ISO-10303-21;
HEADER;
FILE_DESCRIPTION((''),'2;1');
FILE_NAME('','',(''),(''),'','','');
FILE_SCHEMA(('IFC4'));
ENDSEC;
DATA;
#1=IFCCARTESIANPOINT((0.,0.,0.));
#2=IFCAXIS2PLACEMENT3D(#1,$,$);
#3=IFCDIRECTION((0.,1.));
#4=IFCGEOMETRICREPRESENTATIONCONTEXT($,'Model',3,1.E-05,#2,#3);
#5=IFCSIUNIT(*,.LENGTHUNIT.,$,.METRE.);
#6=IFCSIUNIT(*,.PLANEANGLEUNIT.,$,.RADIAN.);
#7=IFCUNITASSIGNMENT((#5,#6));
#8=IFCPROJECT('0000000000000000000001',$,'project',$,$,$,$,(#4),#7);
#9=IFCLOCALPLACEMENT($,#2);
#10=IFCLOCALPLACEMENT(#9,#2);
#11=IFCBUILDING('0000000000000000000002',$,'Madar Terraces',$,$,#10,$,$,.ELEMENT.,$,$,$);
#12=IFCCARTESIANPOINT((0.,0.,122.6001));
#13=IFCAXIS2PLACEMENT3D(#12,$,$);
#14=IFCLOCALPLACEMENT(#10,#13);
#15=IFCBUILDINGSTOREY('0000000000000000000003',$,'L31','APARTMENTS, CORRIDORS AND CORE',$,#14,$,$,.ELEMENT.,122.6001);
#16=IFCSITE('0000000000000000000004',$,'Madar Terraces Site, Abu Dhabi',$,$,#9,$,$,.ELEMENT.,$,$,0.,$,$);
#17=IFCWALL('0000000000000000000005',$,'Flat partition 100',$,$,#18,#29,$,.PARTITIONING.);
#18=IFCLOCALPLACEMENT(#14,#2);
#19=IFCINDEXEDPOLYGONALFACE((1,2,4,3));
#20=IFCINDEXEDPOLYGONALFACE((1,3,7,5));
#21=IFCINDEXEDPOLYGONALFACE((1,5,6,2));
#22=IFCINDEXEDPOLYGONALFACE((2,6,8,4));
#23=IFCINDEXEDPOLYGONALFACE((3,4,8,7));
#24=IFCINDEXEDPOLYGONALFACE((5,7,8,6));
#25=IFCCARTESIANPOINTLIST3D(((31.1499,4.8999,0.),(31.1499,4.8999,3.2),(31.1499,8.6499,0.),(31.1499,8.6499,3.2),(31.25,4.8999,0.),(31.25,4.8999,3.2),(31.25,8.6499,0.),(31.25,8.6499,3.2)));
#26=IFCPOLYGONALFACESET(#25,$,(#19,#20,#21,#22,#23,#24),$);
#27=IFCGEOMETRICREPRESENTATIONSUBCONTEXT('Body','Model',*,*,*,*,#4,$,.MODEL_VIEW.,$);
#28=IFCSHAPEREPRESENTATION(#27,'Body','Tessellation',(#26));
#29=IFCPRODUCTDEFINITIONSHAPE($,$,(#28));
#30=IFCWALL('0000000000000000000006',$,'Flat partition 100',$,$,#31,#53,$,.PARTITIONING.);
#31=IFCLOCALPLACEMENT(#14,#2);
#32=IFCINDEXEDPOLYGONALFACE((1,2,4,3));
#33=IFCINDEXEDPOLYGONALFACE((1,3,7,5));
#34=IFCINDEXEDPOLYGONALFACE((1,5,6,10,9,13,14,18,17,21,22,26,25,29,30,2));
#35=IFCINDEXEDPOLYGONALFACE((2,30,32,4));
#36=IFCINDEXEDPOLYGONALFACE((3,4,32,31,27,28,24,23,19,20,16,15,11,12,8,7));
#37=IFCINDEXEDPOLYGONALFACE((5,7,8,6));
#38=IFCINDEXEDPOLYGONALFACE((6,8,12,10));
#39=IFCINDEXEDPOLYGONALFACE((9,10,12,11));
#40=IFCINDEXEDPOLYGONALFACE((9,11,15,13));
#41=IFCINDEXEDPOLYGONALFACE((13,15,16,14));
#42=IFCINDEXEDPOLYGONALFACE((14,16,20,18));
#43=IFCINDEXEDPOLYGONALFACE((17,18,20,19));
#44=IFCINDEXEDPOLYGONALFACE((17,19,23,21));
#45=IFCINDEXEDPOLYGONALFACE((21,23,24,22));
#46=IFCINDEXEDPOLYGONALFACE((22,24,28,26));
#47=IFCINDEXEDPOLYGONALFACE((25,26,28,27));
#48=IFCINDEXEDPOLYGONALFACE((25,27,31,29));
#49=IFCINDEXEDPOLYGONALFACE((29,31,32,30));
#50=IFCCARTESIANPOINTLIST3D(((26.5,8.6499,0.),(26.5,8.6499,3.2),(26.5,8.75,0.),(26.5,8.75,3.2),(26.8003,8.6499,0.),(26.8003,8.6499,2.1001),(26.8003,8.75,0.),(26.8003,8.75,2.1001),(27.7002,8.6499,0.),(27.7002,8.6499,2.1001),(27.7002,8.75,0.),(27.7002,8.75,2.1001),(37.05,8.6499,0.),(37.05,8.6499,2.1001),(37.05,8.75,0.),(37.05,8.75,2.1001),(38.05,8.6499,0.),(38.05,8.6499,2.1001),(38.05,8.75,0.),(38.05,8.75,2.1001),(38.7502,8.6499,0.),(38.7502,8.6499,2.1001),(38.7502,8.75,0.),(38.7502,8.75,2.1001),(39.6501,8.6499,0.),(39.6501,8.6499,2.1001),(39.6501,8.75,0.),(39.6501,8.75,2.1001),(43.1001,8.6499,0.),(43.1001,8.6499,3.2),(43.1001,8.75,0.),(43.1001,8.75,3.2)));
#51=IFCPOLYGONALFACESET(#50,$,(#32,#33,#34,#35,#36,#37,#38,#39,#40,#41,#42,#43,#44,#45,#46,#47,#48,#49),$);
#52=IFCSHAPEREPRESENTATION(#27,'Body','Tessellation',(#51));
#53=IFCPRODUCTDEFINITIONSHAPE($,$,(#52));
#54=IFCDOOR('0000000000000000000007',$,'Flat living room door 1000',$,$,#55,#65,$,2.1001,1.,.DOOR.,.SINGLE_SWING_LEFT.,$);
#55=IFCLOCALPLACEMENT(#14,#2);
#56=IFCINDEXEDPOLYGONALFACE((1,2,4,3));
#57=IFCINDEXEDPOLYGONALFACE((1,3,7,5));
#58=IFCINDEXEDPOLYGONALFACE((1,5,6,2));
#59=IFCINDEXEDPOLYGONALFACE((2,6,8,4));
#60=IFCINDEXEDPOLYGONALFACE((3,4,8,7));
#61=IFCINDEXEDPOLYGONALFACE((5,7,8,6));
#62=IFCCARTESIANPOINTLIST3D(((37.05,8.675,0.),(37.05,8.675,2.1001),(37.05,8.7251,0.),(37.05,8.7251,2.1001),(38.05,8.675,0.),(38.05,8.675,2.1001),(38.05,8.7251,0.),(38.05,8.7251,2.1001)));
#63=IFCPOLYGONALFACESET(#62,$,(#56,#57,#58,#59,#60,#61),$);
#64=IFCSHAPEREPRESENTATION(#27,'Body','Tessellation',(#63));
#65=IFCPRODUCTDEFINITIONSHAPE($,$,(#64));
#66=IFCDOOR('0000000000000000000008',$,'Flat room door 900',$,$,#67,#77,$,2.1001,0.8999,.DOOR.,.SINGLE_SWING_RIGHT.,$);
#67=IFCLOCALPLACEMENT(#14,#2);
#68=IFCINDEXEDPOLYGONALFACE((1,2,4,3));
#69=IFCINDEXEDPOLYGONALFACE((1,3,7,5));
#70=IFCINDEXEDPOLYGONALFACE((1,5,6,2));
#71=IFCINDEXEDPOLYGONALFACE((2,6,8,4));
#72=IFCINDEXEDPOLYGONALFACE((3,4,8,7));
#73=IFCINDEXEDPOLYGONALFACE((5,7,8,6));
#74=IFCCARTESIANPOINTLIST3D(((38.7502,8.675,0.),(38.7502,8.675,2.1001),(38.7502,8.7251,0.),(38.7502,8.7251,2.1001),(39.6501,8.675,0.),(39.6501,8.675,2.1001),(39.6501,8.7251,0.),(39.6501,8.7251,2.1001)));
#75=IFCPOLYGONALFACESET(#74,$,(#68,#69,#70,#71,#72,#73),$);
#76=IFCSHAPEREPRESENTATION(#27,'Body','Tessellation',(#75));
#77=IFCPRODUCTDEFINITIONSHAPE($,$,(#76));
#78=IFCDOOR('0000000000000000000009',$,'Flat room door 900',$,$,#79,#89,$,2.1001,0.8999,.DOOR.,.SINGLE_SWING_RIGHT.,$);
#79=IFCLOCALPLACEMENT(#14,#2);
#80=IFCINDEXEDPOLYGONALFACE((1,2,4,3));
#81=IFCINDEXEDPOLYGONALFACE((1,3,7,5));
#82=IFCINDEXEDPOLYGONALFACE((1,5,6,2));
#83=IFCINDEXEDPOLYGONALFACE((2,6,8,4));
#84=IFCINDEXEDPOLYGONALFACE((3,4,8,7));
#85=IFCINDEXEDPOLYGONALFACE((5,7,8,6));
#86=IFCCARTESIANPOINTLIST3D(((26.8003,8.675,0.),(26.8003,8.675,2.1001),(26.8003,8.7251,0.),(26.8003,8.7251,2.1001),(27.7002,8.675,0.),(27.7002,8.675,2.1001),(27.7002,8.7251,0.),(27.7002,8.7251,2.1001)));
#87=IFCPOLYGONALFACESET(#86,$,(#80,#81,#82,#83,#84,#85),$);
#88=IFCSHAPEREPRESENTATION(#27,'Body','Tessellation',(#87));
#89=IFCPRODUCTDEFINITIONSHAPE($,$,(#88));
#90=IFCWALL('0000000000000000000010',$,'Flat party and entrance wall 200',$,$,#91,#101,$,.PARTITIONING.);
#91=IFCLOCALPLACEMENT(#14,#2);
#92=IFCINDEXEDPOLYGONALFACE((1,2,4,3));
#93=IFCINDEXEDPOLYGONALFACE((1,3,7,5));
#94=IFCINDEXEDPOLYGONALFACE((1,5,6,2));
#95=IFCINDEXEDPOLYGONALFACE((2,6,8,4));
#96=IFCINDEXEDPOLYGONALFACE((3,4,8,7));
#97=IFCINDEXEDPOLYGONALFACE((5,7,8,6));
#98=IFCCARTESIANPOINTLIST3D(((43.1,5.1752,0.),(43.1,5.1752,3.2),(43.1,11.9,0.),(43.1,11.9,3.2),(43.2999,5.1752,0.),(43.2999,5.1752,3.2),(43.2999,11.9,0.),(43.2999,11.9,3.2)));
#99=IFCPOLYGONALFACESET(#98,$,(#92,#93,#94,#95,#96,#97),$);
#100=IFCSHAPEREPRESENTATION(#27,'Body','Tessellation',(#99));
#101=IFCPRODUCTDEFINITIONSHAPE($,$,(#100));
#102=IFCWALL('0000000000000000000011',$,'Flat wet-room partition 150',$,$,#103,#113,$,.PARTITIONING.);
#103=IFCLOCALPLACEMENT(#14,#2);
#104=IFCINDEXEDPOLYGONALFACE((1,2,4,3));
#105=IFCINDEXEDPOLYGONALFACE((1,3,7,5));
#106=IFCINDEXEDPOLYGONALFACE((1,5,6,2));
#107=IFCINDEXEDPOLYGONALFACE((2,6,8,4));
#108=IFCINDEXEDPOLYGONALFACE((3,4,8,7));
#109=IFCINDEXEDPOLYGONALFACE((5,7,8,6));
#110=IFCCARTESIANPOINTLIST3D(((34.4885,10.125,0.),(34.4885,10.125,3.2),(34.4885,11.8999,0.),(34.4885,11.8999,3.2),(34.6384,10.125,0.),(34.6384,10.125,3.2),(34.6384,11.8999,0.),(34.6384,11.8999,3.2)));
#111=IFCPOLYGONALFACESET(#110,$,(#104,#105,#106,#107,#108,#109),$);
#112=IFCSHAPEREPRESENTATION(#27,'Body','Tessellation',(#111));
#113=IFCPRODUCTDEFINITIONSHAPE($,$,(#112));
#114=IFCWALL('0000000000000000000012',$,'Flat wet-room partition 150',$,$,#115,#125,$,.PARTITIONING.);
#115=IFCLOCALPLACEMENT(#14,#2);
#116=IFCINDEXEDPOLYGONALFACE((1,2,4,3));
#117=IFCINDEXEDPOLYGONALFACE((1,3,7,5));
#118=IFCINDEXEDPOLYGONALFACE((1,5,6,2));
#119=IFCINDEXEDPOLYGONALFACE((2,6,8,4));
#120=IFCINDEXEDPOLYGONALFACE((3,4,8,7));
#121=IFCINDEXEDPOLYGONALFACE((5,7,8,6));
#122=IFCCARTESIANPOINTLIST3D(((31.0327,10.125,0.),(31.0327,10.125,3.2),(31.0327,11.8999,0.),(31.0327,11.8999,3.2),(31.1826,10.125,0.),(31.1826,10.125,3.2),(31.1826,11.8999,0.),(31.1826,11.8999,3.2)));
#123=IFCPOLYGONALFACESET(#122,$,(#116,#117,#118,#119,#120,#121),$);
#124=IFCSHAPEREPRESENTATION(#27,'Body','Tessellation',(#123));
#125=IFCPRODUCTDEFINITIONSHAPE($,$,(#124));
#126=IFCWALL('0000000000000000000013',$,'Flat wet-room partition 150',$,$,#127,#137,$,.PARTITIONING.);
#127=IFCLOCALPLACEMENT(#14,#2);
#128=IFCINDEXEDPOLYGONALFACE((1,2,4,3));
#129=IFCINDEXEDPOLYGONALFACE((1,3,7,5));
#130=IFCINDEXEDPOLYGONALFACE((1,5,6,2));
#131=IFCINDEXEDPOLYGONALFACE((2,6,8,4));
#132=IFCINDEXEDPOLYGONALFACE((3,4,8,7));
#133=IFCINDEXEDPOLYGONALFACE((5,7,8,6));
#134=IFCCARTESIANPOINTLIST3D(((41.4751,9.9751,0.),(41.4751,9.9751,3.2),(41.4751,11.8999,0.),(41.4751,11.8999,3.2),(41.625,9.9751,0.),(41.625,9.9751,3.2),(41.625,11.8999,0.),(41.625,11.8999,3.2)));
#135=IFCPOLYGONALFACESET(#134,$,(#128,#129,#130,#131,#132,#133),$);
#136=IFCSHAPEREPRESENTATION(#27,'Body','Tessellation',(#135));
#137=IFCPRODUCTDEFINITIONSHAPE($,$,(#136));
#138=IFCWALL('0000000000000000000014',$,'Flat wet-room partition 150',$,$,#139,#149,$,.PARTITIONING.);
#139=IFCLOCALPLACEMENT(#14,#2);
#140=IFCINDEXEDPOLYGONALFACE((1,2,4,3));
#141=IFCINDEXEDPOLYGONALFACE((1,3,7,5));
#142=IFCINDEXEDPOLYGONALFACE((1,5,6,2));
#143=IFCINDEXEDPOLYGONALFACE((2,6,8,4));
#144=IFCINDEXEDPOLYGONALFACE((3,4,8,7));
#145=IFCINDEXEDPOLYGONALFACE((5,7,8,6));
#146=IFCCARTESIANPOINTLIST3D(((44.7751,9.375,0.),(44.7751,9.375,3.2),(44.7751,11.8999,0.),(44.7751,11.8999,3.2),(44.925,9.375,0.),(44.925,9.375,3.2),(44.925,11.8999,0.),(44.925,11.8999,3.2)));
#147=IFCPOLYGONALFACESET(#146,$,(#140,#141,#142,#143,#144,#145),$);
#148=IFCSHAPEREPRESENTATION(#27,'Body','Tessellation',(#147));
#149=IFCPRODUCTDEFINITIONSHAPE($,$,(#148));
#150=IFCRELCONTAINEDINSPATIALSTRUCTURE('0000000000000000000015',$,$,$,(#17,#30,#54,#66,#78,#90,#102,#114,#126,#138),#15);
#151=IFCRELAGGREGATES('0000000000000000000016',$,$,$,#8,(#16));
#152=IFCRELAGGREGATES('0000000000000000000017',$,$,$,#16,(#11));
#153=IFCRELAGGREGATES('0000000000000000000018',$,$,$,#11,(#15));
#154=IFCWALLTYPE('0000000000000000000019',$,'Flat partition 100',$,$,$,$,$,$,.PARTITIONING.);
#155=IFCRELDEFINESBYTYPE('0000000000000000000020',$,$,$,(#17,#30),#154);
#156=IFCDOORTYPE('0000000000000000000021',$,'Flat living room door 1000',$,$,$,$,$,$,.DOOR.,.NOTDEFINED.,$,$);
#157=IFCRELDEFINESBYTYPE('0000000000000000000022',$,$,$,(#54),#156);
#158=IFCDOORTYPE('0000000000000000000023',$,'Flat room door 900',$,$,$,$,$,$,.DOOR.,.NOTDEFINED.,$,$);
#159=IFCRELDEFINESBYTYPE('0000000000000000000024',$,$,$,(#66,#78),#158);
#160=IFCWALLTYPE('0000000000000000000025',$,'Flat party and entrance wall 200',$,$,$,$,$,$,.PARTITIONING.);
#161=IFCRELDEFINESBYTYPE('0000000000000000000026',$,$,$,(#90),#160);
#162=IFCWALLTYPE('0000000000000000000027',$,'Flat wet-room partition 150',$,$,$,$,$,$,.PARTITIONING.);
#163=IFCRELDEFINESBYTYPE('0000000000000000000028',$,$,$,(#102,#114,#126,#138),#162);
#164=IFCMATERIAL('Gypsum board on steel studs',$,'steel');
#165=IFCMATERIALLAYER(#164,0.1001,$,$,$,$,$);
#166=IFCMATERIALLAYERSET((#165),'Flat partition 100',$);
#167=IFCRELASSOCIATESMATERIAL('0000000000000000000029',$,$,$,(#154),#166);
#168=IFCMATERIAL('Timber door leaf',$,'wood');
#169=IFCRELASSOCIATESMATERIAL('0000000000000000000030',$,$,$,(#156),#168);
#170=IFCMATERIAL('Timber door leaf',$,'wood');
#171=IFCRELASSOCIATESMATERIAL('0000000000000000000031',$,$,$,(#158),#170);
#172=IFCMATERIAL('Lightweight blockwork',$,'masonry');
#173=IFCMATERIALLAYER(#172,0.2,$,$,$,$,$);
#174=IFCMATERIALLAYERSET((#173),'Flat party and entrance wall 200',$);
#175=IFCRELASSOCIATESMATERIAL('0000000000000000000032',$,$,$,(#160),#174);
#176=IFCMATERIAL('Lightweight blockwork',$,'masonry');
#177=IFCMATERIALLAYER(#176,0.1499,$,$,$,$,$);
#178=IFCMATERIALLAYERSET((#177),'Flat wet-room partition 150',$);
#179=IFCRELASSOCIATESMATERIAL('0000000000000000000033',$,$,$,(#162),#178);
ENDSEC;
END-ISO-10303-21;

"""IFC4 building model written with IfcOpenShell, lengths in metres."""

from ifc_helpers import new_model, si_unit, direction, frame, frame_2d, origin, place, context, subcontext, project, spatial, rectangle, extrude, material, layer, layer_set, type_object, element, fill, save


model = new_model("IFC4")

# Units and contexts
model_context = context("Model", 3, precision=1e-05, world=origin(), true_north=direction((0.0, 1.0)))
body_context = subcontext(model_context, "Body", "Model", "MODEL_VIEW")
ifc_project = project(units=[si_unit("LENGTHUNIT", "METRE"), si_unit("PLANEANGLEUNIT", "RADIAN")], contexts=[model_context])

# Site, building, storey
site_placement = place(None, origin())
site = spatial("IfcSite", under=ifc_project, at=site_placement, Name="Madar Terraces Site, Abu Dhabi", CompositionType="ELEMENT", RefElevation=0.0)
building_placement = place(site_placement, origin())
building = spatial("IfcBuilding", under=site, at=building_placement, Name="Madar Terraces", CompositionType="ELEMENT")
storey_placement = place(building_placement, frame((0.0, 0.0, 122.6001)))
storey = spatial("IfcBuildingStorey", under=building, at=storey_placement, Name="L31", Description="APARTMENTS, CORRIDORS AND CORE", CompositionType="ELEMENT", Elevation=122.6001)

# Wall
ifc_material_1 = material(Name="Gypsum board on steel studs", Category="steel")
ifc_layer_1 = layer(ifc_material_1, 0.1001)
ifc_layer_set_1 = layer_set([ifc_layer_1], Name="Flat partition 100")
wall_type_1 = type_object("IfcWallType", Name="Flat partition 100", PredefinedType="PARTITIONING", material=ifc_layer_set_1)
for number, where, z_axis, x_axis, name in (
    (1, (31.2, 8.6499, 0.0), (0.0, 0.0, 1.0), (0.0, -1.0, 0.0), "Flat partition 100"),
):
    element("IfcWall", number, at=place(storey_placement, frame(where, z_axis=z_axis, x_axis=x_axis)), inside=storey, type_object=wall_type_1, Name=name, PredefinedType="PARTITIONING", context=body_context, shape_type="SweptSolid", body=[
        extrude(rectangle(XDim=3.75, YDim=0.1001, at=frame_2d((1.875, 0.0))), origin(), (0.0, 0.0, 1.0), 3.2),
    ])

# Wall, openings, doors
wall_1_placement = place(storey_placement, frame((43.1001, 8.7, 0.0), z_axis=(0.0, 0.0, 1.0), x_axis=(-1.0, 0.0, 0.0)))
wall_1 = element("IfcWall", 2, at=wall_1_placement, inside=storey, type_object=wall_type_1, Name="Flat partition 100", PredefinedType="PARTITIONING", context=body_context, shape_type="SweptSolid", body=[
    extrude(rectangle(XDim=16.6001, YDim=0.1001, at=frame_2d((8.3, 0.0))), origin(), (0.0, 0.0, 1.0), 3.2),
])
opening_1_placement = place(wall_1_placement, frame((3.45, 0.0, 0.0)))
opening_1 = element("IfcOpeningElement", 3, at=opening_1_placement, cuts=wall_1, PredefinedType="OPENING", context=body_context, shape_type="SweptSolid", body=[
    extrude(rectangle(XDim=0.8999, YDim=2.1001, at=frame_2d((0.45, 1.05))), frame((0.0, 0.0601, 0.0), z_axis=(0.0, -1.0, 0.0), x_axis=(1.0, 0.0, 0.0)), (0.0, 0.0, 1.0), 0.1201),
])
opening_2_placement = place(wall_1_placement, frame((5.05, 0.0, 0.0)))
opening_2 = element("IfcOpeningElement", 4, at=opening_2_placement, cuts=wall_1, PredefinedType="OPENING", context=body_context, shape_type="SweptSolid", body=[
    extrude(rectangle(XDim=1.0, YDim=2.1001, at=frame_2d((0.5, 1.05))), frame((0.0, 0.0601, 0.0), z_axis=(0.0, -1.0, 0.0), x_axis=(1.0, 0.0, 0.0)), (0.0, 0.0, 1.0), 0.1201),
])
opening_3_placement = place(wall_1_placement, frame((15.3999, 0.0, 0.0)))
opening_3 = element("IfcOpeningElement", 5, at=opening_3_placement, cuts=wall_1, PredefinedType="OPENING", context=body_context, shape_type="SweptSolid", body=[
    extrude(rectangle(XDim=0.8999, YDim=2.1001, at=frame_2d((0.45, 1.05))), frame((0.0, 0.0601, 0.0), z_axis=(0.0, -1.0, 0.0), x_axis=(1.0, 0.0, 0.0)), (0.0, 0.0, 1.0), 0.1201),
])
ifc_material_2 = material(Name="Timber door leaf", Category="wood")
door_type_1 = type_object("IfcDoorType", Name="Flat living room door 1000", OperationType="NOTDEFINED", PredefinedType="DOOR", material=ifc_material_2)
door_1_placement = place(opening_2_placement, origin())
door_1 = element("IfcDoor", 6, at=door_1_placement, inside=storey, type_object=door_type_1, Name="Flat living room door 1000", OperationType="SINGLE_SWING_LEFT", OverallHeight=2.1001, OverallWidth=1.0, PredefinedType="DOOR", context=body_context, shape_type="SweptSolid", body=[
    extrude(rectangle(XDim=1.0, YDim=2.1001, at=frame_2d((0.5, 1.05))), frame((0.0, 0.0249, 0.0), z_axis=(0.0, -1.0, 0.0), x_axis=(1.0, 0.0, 0.0)), (0.0, 0.0, 1.0), 0.05),
])
fill(opening_2, door_1)
ifc_material_3 = material(Name="Timber door leaf", Category="wood")
door_type_2 = type_object("IfcDoorType", Name="Flat room door 900", OperationType="NOTDEFINED", PredefinedType="DOOR", material=ifc_material_3)
door_2_placement = place(opening_1_placement, origin())
door_2 = element("IfcDoor", 7, at=door_2_placement, inside=storey, type_object=door_type_2, Name="Flat room door 900", OperationType="SINGLE_SWING_RIGHT", OverallHeight=2.1001, OverallWidth=0.8999, PredefinedType="DOOR", context=body_context, shape_type="SweptSolid", body=[
    extrude(rectangle(XDim=0.8999, YDim=2.1001, at=frame_2d((0.45, 1.05))), frame((0.0, 0.0249, 0.0), z_axis=(0.0, -1.0, 0.0), x_axis=(1.0, 0.0, 0.0)), (0.0, 0.0, 1.0), 0.05),
])
fill(opening_1, door_2)
door_3_placement = place(opening_3_placement, origin())
door_3 = element("IfcDoor", 8, at=door_3_placement, inside=storey, type_object=door_type_2, Name="Flat room door 900", OperationType="SINGLE_SWING_RIGHT", OverallHeight=2.1001, OverallWidth=0.8999, PredefinedType="DOOR", context=body_context, shape_type="SweptSolid", body=[
    extrude(rectangle(XDim=0.8999, YDim=2.1001, at=frame_2d((0.45, 1.05))), frame((0.0, 0.0249, 0.0), z_axis=(0.0, -1.0, 0.0), x_axis=(1.0, 0.0, 0.0)), (0.0, 0.0, 1.0), 0.05),
])
fill(opening_3, door_3)

# Walls
ifc_material_4 = material(Name="Lightweight blockwork", Category="masonry")
ifc_layer_2 = layer(ifc_material_4, 0.2)
ifc_layer_set_2 = layer_set([ifc_layer_2], Name="Flat party and entrance wall 200")
wall_type_2 = type_object("IfcWallType", Name="Flat party and entrance wall 200", PredefinedType="PARTITIONING", material=ifc_layer_set_2)
wall_2_placement = place(storey_placement, frame((43.2, 11.8999, 0.0), z_axis=(0.0, 0.0, 1.0), x_axis=(0.0, -1.0, 0.0)))
element("IfcWall", 9, at=wall_2_placement, inside=storey, type_object=wall_type_2, Name="Flat party and entrance wall 200", PredefinedType="PARTITIONING", context=body_context, shape_type="SweptSolid", body=[
    extrude(rectangle(XDim=6.7249, YDim=0.2, at=frame_2d((3.3623, 0.0))), origin(), (0.0, 0.0, 1.0), 3.2),
])
ifc_material_5 = material(Name="Lightweight blockwork", Category="masonry")
ifc_layer_3 = layer(ifc_material_5, 0.1499)
ifc_layer_set_3 = layer_set([ifc_layer_3], Name="Flat wet-room partition 150")
wall_type_3 = type_object("IfcWallType", Name="Flat wet-room partition 150", PredefinedType="PARTITIONING", material=ifc_layer_set_3)
for number, where, z_axis, x_axis, name in (
    (10, (34.5635, 11.8999, 0.0), (0.0, 0.0, 1.0), (0.0, -1.0, 0.0), "Flat wet-room partition 150"),
    (11, (31.1077, 11.8999, 0.0), (0.0, 0.0, 1.0), (0.0, -1.0, 0.0), "Flat wet-room partition 150"),
):
    element("IfcWall", number, at=place(storey_placement, frame(where, z_axis=z_axis, x_axis=x_axis)), inside=storey, type_object=wall_type_3, Name=name, PredefinedType="PARTITIONING", context=body_context, shape_type="SweptSolid", body=[
        extrude(rectangle(XDim=1.7749, YDim=0.1499, at=frame_2d((0.8875, 0.0))), origin(), (0.0, 0.0, 1.0), 3.2),
    ])
wall_3_placement = place(storey_placement, frame((41.55, 11.8999, 0.0), z_axis=(0.0, 0.0, 1.0), x_axis=(0.0, -1.0, 0.0)))
element("IfcWall", 12, at=wall_3_placement, inside=storey, type_object=wall_type_3, Name="Flat wet-room partition 150", PredefinedType="PARTITIONING", context=body_context, shape_type="SweptSolid", body=[
    extrude(rectangle(XDim=1.9248, YDim=0.1499, at=frame_2d((0.9624, 0.0))), origin(), (0.0, 0.0, 1.0), 3.2),
])
wall_4_placement = place(storey_placement, frame((44.8501, 11.8999, 0.0), z_axis=(0.0, 0.0, 1.0), x_axis=(0.0, -1.0, 0.0)))
element("IfcWall", 13, at=wall_4_placement, inside=storey, type_object=wall_type_3, Name="Flat wet-room partition 150", PredefinedType="PARTITIONING", context=body_context, shape_type="SweptSolid", body=[
    extrude(rectangle(XDim=2.5249, YDim=0.1499, at=frame_2d((1.2625, 0.0))), origin(), (0.0, 0.0, 1.0), 3.2),
])

save(model, "model.ifc")
